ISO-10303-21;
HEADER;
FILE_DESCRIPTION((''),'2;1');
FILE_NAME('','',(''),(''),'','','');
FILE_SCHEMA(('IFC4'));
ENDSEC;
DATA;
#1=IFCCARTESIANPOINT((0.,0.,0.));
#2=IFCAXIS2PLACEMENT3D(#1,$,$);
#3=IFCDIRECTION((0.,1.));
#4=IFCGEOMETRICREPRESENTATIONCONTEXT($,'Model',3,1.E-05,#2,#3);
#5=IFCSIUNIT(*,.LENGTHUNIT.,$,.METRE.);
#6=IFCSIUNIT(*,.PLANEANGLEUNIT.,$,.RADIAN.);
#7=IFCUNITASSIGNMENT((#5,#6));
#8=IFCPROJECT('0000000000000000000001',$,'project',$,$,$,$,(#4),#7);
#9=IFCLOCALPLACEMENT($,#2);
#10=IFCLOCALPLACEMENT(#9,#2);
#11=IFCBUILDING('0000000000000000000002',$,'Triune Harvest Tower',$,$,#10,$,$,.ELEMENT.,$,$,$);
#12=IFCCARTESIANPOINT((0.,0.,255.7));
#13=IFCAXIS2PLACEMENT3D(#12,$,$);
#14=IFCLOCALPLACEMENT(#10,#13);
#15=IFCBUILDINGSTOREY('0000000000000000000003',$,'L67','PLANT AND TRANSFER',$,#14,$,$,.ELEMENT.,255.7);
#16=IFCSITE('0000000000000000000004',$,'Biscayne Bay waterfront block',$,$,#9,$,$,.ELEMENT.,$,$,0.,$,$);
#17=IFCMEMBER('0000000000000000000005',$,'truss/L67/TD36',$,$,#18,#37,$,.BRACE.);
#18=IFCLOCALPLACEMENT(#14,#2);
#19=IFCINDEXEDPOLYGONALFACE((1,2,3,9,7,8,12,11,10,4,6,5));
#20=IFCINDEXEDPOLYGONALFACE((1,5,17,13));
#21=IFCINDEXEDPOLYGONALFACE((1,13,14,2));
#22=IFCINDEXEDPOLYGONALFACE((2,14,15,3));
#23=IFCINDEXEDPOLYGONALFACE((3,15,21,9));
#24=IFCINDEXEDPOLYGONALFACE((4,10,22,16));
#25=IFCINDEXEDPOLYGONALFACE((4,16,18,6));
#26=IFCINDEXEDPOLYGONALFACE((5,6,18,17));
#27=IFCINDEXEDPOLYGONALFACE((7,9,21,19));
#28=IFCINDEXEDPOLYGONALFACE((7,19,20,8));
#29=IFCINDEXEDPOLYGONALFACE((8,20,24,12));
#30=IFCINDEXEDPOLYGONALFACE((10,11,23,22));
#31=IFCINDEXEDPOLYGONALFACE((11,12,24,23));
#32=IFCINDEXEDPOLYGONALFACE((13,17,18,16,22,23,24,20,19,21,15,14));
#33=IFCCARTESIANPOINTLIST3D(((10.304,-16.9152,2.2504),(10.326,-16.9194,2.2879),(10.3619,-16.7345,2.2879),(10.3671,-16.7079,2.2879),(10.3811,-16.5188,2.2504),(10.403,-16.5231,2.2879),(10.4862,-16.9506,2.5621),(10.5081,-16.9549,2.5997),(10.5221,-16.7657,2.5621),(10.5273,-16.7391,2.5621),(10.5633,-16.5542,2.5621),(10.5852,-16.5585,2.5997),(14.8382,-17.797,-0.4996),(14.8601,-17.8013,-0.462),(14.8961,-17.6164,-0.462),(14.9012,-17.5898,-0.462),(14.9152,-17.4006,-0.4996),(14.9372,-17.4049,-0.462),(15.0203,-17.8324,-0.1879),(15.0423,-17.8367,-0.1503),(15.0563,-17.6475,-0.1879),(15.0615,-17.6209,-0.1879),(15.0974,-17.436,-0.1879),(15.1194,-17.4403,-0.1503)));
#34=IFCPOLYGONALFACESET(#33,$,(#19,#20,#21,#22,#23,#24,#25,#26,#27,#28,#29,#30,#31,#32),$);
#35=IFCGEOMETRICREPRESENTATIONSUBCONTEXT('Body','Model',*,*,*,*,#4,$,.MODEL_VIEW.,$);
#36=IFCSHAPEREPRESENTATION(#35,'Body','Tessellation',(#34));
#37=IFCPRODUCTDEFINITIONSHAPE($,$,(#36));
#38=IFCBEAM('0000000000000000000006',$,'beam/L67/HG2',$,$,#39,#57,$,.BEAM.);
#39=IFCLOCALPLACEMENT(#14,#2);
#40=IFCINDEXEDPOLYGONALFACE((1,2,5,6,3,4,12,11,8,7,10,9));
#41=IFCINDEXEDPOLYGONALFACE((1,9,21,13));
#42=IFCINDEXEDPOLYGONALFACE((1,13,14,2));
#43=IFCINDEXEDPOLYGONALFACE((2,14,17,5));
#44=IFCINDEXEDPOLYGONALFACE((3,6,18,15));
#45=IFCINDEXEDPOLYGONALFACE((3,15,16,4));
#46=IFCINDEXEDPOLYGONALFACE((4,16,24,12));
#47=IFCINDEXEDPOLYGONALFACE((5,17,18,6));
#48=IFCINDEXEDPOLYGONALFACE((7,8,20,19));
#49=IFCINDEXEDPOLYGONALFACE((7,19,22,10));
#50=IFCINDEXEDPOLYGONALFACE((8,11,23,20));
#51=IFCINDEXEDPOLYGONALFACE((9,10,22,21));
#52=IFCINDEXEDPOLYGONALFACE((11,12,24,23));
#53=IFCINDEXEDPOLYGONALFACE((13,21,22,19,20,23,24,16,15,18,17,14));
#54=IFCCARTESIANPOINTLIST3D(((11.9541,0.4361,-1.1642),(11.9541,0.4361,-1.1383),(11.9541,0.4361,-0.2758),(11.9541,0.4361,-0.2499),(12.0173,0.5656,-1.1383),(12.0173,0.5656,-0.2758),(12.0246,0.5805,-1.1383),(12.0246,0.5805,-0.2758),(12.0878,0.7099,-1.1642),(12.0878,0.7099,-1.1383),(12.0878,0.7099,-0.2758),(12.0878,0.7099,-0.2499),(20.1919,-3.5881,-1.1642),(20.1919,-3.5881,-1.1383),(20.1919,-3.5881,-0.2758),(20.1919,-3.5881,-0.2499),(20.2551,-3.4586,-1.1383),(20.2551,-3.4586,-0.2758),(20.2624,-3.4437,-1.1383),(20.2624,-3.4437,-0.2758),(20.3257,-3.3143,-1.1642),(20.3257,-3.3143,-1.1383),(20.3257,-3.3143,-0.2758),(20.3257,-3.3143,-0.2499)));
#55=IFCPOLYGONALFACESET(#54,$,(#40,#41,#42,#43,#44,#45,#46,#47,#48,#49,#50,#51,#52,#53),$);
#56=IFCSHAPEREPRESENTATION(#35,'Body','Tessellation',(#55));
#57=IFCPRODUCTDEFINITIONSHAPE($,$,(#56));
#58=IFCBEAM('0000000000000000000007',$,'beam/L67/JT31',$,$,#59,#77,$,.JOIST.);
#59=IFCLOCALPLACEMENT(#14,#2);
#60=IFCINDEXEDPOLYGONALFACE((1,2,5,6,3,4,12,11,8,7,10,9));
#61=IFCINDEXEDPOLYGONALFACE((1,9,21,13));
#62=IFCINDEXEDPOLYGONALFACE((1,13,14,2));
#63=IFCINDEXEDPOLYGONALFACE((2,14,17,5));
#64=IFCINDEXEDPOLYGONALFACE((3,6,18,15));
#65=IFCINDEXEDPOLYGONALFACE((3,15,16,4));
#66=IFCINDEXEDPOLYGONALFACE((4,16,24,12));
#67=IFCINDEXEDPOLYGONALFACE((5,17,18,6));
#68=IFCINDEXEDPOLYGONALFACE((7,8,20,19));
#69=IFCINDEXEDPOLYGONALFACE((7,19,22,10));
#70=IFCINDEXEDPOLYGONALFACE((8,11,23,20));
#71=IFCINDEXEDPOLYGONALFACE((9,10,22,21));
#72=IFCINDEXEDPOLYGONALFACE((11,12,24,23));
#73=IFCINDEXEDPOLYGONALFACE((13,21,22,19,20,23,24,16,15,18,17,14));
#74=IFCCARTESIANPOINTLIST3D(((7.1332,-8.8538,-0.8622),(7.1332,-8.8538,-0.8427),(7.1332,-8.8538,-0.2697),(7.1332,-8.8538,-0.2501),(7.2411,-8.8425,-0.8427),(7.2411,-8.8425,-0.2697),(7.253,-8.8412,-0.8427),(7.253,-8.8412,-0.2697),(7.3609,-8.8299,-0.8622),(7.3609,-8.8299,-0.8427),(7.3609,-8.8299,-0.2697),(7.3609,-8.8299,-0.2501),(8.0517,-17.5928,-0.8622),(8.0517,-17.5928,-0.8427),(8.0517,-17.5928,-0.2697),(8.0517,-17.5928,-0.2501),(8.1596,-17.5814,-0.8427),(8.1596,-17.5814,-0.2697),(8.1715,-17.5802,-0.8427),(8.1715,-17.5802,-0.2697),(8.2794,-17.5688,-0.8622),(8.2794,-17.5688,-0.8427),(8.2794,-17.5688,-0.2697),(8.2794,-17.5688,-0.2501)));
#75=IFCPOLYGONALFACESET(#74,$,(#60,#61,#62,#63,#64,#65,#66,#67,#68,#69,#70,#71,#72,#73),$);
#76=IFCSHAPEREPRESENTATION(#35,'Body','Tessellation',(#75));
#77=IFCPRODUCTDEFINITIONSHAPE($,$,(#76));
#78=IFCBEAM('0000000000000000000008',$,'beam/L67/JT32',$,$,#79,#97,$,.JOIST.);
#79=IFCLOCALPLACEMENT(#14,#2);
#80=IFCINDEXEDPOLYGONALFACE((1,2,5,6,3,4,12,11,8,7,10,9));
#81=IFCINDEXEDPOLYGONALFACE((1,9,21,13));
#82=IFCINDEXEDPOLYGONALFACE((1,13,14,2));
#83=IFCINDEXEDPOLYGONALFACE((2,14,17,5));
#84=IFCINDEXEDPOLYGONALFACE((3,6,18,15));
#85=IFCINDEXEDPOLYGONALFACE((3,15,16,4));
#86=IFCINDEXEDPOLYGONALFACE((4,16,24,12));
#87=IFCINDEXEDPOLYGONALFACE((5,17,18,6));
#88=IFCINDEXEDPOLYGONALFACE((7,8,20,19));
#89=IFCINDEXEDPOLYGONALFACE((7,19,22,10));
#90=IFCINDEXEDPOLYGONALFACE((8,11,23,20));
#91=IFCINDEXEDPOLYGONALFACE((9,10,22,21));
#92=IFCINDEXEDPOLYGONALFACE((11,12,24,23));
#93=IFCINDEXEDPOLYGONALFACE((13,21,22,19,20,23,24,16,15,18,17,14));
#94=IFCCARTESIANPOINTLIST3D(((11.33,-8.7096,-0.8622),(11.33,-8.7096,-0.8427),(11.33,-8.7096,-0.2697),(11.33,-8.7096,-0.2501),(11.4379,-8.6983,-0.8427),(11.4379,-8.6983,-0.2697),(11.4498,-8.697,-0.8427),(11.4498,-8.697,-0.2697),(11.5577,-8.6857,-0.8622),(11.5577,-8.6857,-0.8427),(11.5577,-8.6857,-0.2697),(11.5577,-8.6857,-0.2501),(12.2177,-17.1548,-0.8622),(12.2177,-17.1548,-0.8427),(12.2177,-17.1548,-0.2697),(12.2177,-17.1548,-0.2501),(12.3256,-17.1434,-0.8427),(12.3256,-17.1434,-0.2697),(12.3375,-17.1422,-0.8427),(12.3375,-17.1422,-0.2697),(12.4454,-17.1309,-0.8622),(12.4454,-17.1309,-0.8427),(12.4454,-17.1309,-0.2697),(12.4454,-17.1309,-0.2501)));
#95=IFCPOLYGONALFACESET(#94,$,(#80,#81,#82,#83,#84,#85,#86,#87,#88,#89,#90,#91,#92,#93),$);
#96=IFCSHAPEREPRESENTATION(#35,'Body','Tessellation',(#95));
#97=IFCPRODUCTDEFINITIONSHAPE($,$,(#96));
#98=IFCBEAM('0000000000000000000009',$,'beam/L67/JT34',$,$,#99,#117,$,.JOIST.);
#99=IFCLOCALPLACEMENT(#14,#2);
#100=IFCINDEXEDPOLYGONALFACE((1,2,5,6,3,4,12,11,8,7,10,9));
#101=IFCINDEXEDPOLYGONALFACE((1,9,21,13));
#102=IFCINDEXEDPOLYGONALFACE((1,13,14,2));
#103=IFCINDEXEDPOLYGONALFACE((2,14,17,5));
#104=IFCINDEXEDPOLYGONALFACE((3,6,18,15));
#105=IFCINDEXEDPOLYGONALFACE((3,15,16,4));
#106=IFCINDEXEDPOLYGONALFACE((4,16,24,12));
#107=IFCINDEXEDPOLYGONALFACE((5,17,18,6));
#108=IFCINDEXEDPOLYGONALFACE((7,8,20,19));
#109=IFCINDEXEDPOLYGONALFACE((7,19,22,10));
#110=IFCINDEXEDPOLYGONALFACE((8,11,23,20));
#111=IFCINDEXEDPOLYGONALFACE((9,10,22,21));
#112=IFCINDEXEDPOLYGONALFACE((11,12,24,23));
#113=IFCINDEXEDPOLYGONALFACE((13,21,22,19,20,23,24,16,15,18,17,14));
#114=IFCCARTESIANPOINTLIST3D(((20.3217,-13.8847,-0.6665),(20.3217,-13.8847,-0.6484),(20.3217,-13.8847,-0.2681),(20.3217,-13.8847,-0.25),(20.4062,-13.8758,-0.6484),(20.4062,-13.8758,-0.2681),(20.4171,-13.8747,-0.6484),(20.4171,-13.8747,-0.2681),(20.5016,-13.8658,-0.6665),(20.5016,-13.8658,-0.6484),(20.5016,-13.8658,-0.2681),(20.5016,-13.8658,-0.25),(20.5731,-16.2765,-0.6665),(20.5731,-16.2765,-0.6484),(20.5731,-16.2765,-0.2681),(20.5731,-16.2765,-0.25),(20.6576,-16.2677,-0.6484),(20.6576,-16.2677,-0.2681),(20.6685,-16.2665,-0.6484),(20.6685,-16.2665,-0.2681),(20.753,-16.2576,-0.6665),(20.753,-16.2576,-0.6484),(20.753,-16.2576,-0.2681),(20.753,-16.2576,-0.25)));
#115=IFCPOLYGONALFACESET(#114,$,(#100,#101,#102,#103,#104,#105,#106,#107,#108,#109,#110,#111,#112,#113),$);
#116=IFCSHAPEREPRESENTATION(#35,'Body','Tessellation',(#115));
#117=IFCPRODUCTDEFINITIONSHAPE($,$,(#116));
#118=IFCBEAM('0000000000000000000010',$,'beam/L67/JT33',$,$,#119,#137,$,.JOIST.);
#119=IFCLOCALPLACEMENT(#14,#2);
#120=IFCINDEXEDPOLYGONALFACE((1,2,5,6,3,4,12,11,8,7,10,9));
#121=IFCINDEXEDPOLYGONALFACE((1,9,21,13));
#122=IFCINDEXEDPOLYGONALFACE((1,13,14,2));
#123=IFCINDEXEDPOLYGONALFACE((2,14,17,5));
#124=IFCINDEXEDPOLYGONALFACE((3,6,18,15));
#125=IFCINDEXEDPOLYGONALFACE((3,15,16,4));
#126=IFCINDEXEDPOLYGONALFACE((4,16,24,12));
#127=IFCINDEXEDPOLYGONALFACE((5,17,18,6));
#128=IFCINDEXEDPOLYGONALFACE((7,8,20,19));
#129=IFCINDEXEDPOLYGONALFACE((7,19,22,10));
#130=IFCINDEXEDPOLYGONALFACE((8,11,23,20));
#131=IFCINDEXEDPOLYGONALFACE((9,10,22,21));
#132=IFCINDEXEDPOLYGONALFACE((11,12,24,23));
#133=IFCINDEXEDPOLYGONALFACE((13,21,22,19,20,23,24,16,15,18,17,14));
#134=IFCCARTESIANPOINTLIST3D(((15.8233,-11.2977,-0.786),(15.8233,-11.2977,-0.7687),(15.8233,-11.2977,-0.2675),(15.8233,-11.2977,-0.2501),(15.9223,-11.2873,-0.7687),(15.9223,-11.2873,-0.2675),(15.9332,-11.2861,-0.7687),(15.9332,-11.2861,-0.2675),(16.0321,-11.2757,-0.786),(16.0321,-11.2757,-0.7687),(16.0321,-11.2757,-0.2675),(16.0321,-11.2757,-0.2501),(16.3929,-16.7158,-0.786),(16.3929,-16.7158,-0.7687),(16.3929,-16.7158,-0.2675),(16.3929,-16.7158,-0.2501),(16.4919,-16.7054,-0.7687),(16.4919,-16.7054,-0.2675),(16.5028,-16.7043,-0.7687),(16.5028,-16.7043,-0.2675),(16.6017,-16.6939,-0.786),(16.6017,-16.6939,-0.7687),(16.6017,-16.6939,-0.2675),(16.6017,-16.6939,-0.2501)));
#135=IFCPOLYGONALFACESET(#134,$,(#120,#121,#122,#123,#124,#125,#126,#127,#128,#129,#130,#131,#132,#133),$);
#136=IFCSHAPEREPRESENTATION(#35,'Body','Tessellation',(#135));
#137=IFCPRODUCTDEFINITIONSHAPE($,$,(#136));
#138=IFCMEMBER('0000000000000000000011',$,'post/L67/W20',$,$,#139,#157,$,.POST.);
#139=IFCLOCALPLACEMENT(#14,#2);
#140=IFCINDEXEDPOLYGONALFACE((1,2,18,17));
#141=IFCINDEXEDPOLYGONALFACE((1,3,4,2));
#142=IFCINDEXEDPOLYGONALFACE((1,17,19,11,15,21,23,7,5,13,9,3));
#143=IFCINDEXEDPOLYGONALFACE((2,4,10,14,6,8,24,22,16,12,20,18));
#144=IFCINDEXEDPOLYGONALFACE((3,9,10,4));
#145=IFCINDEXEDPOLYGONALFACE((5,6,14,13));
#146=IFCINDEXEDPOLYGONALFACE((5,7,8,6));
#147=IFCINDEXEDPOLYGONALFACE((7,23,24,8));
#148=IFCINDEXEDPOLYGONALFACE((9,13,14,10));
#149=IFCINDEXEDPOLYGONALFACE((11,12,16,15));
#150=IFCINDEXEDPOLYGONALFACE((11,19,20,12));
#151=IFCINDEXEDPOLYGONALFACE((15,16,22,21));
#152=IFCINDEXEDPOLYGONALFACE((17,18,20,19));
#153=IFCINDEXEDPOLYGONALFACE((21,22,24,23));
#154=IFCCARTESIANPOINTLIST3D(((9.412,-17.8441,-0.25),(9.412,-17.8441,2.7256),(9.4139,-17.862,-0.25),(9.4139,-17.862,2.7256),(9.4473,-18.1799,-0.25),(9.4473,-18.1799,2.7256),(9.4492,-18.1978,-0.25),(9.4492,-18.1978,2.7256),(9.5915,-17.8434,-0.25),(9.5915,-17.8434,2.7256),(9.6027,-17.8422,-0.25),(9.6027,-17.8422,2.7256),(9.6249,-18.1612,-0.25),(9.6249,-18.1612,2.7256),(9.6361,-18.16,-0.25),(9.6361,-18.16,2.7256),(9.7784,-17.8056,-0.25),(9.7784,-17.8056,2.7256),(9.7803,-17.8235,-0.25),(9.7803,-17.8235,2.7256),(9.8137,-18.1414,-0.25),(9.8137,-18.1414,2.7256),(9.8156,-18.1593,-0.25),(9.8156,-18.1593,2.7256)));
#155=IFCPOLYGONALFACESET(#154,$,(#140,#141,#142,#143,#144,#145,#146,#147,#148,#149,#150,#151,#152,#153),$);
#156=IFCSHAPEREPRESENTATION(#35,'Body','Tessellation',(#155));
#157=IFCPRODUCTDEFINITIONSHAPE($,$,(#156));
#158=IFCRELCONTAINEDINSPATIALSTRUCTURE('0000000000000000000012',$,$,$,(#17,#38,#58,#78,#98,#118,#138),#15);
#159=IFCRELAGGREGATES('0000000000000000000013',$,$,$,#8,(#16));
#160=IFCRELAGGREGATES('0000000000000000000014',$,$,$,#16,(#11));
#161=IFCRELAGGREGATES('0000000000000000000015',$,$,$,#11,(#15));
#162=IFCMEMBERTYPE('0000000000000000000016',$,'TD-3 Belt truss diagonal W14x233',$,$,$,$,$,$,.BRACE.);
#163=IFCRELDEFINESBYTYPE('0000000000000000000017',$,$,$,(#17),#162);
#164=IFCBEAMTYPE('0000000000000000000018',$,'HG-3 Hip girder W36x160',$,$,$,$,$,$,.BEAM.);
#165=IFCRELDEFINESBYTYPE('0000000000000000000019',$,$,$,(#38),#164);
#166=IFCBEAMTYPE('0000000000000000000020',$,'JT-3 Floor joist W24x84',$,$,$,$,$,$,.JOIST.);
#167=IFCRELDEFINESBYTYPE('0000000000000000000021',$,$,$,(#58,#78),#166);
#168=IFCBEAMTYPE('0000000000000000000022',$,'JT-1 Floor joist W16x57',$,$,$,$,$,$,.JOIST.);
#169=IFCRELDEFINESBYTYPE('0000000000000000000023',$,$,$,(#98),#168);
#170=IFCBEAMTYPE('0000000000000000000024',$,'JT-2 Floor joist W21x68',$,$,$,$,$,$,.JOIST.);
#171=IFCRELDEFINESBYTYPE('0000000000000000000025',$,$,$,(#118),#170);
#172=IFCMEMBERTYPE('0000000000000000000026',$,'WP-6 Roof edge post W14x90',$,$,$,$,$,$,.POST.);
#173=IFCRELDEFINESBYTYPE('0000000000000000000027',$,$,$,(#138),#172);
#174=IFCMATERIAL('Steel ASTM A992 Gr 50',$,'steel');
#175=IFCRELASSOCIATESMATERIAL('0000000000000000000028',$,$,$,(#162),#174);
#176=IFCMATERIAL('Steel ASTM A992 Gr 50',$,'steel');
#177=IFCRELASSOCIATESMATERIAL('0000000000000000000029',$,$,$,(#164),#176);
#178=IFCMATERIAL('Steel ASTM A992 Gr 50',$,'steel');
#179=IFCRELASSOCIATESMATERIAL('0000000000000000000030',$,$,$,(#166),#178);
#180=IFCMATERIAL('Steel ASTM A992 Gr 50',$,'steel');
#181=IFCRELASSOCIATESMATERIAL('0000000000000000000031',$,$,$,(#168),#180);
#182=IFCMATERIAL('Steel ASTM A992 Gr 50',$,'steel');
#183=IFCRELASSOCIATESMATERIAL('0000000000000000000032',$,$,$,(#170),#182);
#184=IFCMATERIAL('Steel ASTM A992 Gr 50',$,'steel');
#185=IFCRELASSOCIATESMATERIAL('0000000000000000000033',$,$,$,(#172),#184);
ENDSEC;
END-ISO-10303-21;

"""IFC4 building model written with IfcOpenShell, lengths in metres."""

from ifc_helpers import new_model, si_unit, direction, frame, origin, origin_2d, place, context, subcontext, project, spatial, i_section, extrude, source, transform, mapped, material, material_profile, profile_set, type_object, element, save


model = new_model("IFC4")

# Units and contexts
model_context = context("Model", 3, precision=1e-05, world=origin(), true_north=direction((0.0, 1.0)))
body_context = subcontext(model_context, "Body", "Model", "MODEL_VIEW")
ifc_project = project(units=[si_unit("LENGTHUNIT", "METRE"), si_unit("PLANEANGLEUNIT", "RADIAN")], contexts=[model_context])

# Site, building, storey
site_placement = place(None, origin())
site = spatial("IfcSite", under=ifc_project, at=site_placement, Name="Biscayne Bay waterfront block", CompositionType="ELEMENT", RefElevation=0.0)
building_placement = place(site_placement, origin())
building = spatial("IfcBuilding", under=site, at=building_placement, Name="Triune Harvest Tower", CompositionType="ELEMENT")
storey_placement = place(building_placement, frame((0.0, 0.0, 255.7)))
storey = spatial("IfcBuildingStorey", under=building, at=storey_placement, Name="L67", Description="PLANT AND TRANSFER", CompositionType="ELEMENT", Elevation=255.7)

# Member
ifc_material_1 = material(Name="Steel ASTM A992 Gr 50", Category="steel")
ifc_material_profile_1 = material_profile(ifc_material_1, i_section(OverallWidth=0.4038, OverallDepth=0.4065, WebThickness=0.0271, FlangeThickness=0.0437, at=origin_2d()), Name="W14x233")
ifc_profile_set_1 = profile_set([ifc_material_profile_1], Name="Steel ASTM A992 Gr 50")
member_type_1 = type_object("IfcMemberType", Name="TD-3 Belt truss diagonal W14x233", PredefinedType="BRACE", material=ifc_profile_set_1)
member_1_placement = place(storey_placement, frame((14.9788, -17.6187, -0.325), z_axis=(-0.843447, 0.164039, 0.511554), x_axis=(-0.190909, -0.981608, 0.0)))
element("IfcMember", 1, at=member_1_placement, inside=storey, type_object=member_type_1, Name="truss/L67/TD36", PredefinedType="BRACE", context=body_context, shape_type="SweptSolid", body=[
    extrude(i_section(OverallWidth=0.4038, OverallDepth=0.4065, WebThickness=0.0271, FlangeThickness=0.0437, at=origin_2d()), origin(), (0.0, 0.0, 1.0), 5.3757),
])

# Beams
ifc_material_2 = material(Name="Steel ASTM A992 Gr 50", Category="steel")
ifc_material_profile_2 = material_profile(ifc_material_2, i_section(OverallWidth=0.3047, OverallDepth=0.9143, WebThickness=0.0166, FlangeThickness=0.0259, at=origin_2d()), Name="W36x160")
ifc_profile_set_2 = profile_set([ifc_material_profile_2], Name="Steel ASTM A992 Gr 50")
beam_type_1 = type_object("IfcBeamType", Name="HG-3 Hip girder W36x160", PredefinedType="BEAM", material=ifc_profile_set_2)
shared_shape_1 = source(origin(), body_context, "Body", "SweptSolid", [
    extrude(i_section(OverallWidth=0.3047, OverallDepth=0.9143, WebThickness=0.0166, FlangeThickness=0.0259, at=origin_2d()), origin(), (0.0, 0.0, 1.0), 9.1682),
])
beam_1_placement = place(storey_placement, frame((20.2588, -3.4512, -0.707), z_axis=(-0.898522, 0.438929, 0.0), x_axis=(-0.438929, -0.898522, 0.0)))
element("IfcBeam", 2, at=beam_1_placement, inside=storey, type_object=beam_type_1, Name="beam/L67/HG2", PredefinedType="BEAM", context=body_context, shape_type="MappedRepresentation", body=[
    mapped(shared_shape_1, transform((0.0, 0.0, 0.0), scale=1.0)),
])
ifc_material_3 = material(Name="Steel ASTM A992 Gr 50", Category="steel")
ifc_material_profile_3 = material_profile(ifc_material_3, i_section(OverallWidth=0.229, OverallDepth=0.6121, WebThickness=0.012, FlangeThickness=0.0195, at=origin_2d()), Name="W24x84")
ifc_profile_set_3 = profile_set([ifc_material_profile_3], Name="Steel ASTM A992 Gr 50")
beam_type_2 = type_object("IfcBeamType", Name="JT-3 Floor joist W24x84", PredefinedType="JOIST", material=ifc_profile_set_3)
shared_shape_2 = source(origin(), body_context, "Body", "SweptSolid", [
    extrude(i_section(OverallWidth=0.229, OverallDepth=0.6121, WebThickness=0.012, FlangeThickness=0.0195, at=origin_2d()), origin(), (0.0, 0.0, 1.0), 8.7871),
])
beam_2_placement = place(storey_placement, frame((8.1655, -17.5808, -0.5562), z_axis=(-0.104523, 0.994522, 0.0), x_axis=(-0.994522, -0.104523, 0.0)))
element("IfcBeam", 3, at=beam_2_placement, inside=storey, type_object=beam_type_2, Name="beam/L67/JT31", PredefinedType="JOIST", context=body_context, shape_type="MappedRepresentation", body=[
    mapped(shared_shape_2, transform((0.0, 0.0, 0.0), scale=1.0)),
])
shared_shape_3 = source(origin(), body_context, "Body", "SweptSolid", [
    extrude(i_section(OverallWidth=0.229, OverallDepth=0.6121, WebThickness=0.012, FlangeThickness=0.0195, at=origin_2d()), origin(), (0.0, 0.0, 1.0), 8.4917),
])
beam_3_placement = place(storey_placement, frame((12.3315, -17.1428, -0.5562), z_axis=(-0.104538, 0.994521, 0.0), x_axis=(-0.994521, -0.104538, 0.0)))
element("IfcBeam", 4, at=beam_3_placement, inside=storey, type_object=beam_type_2, Name="beam/L67/JT32", PredefinedType="JOIST", context=body_context, shape_type="MappedRepresentation", body=[
    mapped(shared_shape_3, transform((0.0, 0.0, 0.0), scale=1.0)),
])
ifc_material_4 = material(Name="Steel ASTM A992 Gr 50", Category="steel")
ifc_material_profile_4 = material_profile(ifc_material_4, i_section(OverallWidth=0.1809, OverallDepth=0.4165, WebThickness=0.011, FlangeThickness=0.0181, at=origin_2d()), Name="W16x57")
ifc_profile_set_4 = profile_set([ifc_material_profile_4], Name="Steel ASTM A992 Gr 50")
beam_type_3 = type_object("IfcBeamType", Name="JT-1 Floor joist W16x57", PredefinedType="JOIST", material=ifc_profile_set_4)
shared_shape_4 = source(origin(), body_context, "Body", "SweptSolid", [
    extrude(i_section(OverallWidth=0.1809, OverallDepth=0.4165, WebThickness=0.011, FlangeThickness=0.0181, at=origin_2d()), origin(), (0.0, 0.0, 1.0), 2.405),
])
beam_4_placement = place(storey_placement, frame((20.6631, -16.2671, -0.4583), z_axis=(-0.104558, 0.994519, 0.0), x_axis=(-0.994519, -0.104558, 0.0)))
element("IfcBeam", 5, at=beam_4_placement, inside=storey, type_object=beam_type_3, Name="beam/L67/JT34", PredefinedType="JOIST", context=body_context, shape_type="MappedRepresentation", body=[
    mapped(shared_shape_4, transform((0.0, 0.0, 0.0), scale=1.0)),
])
ifc_material_5 = material(Name="Steel ASTM A992 Gr 50", Category="steel")
ifc_material_profile_5 = material_profile(ifc_material_5, i_section(OverallWidth=0.21, OverallDepth=0.5359, WebThickness=0.011, FlangeThickness=0.0173, at=origin_2d()), Name="W21x68")
ifc_profile_set_5 = profile_set([ifc_material_profile_5], Name="Steel ASTM A992 Gr 50")
beam_type_4 = type_object("IfcBeamType", Name="JT-2 Floor joist W21x68", PredefinedType="JOIST", material=ifc_profile_set_5)
shared_shape_5 = source(origin(), body_context, "Body", "SweptSolid", [
    extrude(i_section(OverallWidth=0.21, OverallDepth=0.5359, WebThickness=0.011, FlangeThickness=0.0173, at=origin_2d()), origin(), (0.0, 0.0, 1.0), 5.448),
])
beam_5_placement = place(storey_placement, frame((16.4973, -16.7048, -0.5181), z_axis=(-0.104547, 0.99452, 0.0), x_axis=(-0.99452, -0.104547, 0.0)))
element("IfcBeam", 6, at=beam_5_placement, inside=storey, type_object=beam_type_4, Name="beam/L67/JT33", PredefinedType="JOIST", context=body_context, shape_type="MappedRepresentation", body=[
    mapped(shared_shape_5, transform((0.0, 0.0, 0.0), scale=1.0)),
])

# Member
ifc_material_6 = material(Name="Steel ASTM A992 Gr 50", Category="steel")
ifc_material_profile_6 = material_profile(ifc_material_6, i_section(OverallWidth=0.3684, OverallDepth=0.3557, WebThickness=0.0112, FlangeThickness=0.0181, at=origin_2d()), Name="W14x90")
ifc_profile_set_6 = profile_set([ifc_material_profile_6], Name="Steel ASTM A992 Gr 50")
member_type_2 = type_object("IfcMemberType", Name="WP-6 Roof edge post W14x90", PredefinedType="POST", material=ifc_profile_set_6)
shared_shape_6 = source(origin(), body_context, "Body", "SweptSolid", [
    extrude(i_section(OverallWidth=0.3684, OverallDepth=0.3557, WebThickness=0.0112, FlangeThickness=0.0181, at=origin_2d()), origin(), (0.0, 0.0, 1.0), 2.9756),
])
for number, where, z_axis, x_axis, name in (
    (7, (9.6138, -18.0017, -0.25), (0.0, 0.0, 1.0), (0.994522, 0.10453, 0.0), "post/L67/W20"),
):
    element("IfcMember", number, at=place(storey_placement, frame(where, z_axis=z_axis, x_axis=x_axis)), inside=storey, type_object=member_type_2, Name=name, PredefinedType="POST", context=body_context, shape_type="MappedRepresentation", body=[
        mapped(shared_shape_6, transform((0.0, 0.0, 0.0), scale=1.0)),
    ])

save(model, "model.ifc")
